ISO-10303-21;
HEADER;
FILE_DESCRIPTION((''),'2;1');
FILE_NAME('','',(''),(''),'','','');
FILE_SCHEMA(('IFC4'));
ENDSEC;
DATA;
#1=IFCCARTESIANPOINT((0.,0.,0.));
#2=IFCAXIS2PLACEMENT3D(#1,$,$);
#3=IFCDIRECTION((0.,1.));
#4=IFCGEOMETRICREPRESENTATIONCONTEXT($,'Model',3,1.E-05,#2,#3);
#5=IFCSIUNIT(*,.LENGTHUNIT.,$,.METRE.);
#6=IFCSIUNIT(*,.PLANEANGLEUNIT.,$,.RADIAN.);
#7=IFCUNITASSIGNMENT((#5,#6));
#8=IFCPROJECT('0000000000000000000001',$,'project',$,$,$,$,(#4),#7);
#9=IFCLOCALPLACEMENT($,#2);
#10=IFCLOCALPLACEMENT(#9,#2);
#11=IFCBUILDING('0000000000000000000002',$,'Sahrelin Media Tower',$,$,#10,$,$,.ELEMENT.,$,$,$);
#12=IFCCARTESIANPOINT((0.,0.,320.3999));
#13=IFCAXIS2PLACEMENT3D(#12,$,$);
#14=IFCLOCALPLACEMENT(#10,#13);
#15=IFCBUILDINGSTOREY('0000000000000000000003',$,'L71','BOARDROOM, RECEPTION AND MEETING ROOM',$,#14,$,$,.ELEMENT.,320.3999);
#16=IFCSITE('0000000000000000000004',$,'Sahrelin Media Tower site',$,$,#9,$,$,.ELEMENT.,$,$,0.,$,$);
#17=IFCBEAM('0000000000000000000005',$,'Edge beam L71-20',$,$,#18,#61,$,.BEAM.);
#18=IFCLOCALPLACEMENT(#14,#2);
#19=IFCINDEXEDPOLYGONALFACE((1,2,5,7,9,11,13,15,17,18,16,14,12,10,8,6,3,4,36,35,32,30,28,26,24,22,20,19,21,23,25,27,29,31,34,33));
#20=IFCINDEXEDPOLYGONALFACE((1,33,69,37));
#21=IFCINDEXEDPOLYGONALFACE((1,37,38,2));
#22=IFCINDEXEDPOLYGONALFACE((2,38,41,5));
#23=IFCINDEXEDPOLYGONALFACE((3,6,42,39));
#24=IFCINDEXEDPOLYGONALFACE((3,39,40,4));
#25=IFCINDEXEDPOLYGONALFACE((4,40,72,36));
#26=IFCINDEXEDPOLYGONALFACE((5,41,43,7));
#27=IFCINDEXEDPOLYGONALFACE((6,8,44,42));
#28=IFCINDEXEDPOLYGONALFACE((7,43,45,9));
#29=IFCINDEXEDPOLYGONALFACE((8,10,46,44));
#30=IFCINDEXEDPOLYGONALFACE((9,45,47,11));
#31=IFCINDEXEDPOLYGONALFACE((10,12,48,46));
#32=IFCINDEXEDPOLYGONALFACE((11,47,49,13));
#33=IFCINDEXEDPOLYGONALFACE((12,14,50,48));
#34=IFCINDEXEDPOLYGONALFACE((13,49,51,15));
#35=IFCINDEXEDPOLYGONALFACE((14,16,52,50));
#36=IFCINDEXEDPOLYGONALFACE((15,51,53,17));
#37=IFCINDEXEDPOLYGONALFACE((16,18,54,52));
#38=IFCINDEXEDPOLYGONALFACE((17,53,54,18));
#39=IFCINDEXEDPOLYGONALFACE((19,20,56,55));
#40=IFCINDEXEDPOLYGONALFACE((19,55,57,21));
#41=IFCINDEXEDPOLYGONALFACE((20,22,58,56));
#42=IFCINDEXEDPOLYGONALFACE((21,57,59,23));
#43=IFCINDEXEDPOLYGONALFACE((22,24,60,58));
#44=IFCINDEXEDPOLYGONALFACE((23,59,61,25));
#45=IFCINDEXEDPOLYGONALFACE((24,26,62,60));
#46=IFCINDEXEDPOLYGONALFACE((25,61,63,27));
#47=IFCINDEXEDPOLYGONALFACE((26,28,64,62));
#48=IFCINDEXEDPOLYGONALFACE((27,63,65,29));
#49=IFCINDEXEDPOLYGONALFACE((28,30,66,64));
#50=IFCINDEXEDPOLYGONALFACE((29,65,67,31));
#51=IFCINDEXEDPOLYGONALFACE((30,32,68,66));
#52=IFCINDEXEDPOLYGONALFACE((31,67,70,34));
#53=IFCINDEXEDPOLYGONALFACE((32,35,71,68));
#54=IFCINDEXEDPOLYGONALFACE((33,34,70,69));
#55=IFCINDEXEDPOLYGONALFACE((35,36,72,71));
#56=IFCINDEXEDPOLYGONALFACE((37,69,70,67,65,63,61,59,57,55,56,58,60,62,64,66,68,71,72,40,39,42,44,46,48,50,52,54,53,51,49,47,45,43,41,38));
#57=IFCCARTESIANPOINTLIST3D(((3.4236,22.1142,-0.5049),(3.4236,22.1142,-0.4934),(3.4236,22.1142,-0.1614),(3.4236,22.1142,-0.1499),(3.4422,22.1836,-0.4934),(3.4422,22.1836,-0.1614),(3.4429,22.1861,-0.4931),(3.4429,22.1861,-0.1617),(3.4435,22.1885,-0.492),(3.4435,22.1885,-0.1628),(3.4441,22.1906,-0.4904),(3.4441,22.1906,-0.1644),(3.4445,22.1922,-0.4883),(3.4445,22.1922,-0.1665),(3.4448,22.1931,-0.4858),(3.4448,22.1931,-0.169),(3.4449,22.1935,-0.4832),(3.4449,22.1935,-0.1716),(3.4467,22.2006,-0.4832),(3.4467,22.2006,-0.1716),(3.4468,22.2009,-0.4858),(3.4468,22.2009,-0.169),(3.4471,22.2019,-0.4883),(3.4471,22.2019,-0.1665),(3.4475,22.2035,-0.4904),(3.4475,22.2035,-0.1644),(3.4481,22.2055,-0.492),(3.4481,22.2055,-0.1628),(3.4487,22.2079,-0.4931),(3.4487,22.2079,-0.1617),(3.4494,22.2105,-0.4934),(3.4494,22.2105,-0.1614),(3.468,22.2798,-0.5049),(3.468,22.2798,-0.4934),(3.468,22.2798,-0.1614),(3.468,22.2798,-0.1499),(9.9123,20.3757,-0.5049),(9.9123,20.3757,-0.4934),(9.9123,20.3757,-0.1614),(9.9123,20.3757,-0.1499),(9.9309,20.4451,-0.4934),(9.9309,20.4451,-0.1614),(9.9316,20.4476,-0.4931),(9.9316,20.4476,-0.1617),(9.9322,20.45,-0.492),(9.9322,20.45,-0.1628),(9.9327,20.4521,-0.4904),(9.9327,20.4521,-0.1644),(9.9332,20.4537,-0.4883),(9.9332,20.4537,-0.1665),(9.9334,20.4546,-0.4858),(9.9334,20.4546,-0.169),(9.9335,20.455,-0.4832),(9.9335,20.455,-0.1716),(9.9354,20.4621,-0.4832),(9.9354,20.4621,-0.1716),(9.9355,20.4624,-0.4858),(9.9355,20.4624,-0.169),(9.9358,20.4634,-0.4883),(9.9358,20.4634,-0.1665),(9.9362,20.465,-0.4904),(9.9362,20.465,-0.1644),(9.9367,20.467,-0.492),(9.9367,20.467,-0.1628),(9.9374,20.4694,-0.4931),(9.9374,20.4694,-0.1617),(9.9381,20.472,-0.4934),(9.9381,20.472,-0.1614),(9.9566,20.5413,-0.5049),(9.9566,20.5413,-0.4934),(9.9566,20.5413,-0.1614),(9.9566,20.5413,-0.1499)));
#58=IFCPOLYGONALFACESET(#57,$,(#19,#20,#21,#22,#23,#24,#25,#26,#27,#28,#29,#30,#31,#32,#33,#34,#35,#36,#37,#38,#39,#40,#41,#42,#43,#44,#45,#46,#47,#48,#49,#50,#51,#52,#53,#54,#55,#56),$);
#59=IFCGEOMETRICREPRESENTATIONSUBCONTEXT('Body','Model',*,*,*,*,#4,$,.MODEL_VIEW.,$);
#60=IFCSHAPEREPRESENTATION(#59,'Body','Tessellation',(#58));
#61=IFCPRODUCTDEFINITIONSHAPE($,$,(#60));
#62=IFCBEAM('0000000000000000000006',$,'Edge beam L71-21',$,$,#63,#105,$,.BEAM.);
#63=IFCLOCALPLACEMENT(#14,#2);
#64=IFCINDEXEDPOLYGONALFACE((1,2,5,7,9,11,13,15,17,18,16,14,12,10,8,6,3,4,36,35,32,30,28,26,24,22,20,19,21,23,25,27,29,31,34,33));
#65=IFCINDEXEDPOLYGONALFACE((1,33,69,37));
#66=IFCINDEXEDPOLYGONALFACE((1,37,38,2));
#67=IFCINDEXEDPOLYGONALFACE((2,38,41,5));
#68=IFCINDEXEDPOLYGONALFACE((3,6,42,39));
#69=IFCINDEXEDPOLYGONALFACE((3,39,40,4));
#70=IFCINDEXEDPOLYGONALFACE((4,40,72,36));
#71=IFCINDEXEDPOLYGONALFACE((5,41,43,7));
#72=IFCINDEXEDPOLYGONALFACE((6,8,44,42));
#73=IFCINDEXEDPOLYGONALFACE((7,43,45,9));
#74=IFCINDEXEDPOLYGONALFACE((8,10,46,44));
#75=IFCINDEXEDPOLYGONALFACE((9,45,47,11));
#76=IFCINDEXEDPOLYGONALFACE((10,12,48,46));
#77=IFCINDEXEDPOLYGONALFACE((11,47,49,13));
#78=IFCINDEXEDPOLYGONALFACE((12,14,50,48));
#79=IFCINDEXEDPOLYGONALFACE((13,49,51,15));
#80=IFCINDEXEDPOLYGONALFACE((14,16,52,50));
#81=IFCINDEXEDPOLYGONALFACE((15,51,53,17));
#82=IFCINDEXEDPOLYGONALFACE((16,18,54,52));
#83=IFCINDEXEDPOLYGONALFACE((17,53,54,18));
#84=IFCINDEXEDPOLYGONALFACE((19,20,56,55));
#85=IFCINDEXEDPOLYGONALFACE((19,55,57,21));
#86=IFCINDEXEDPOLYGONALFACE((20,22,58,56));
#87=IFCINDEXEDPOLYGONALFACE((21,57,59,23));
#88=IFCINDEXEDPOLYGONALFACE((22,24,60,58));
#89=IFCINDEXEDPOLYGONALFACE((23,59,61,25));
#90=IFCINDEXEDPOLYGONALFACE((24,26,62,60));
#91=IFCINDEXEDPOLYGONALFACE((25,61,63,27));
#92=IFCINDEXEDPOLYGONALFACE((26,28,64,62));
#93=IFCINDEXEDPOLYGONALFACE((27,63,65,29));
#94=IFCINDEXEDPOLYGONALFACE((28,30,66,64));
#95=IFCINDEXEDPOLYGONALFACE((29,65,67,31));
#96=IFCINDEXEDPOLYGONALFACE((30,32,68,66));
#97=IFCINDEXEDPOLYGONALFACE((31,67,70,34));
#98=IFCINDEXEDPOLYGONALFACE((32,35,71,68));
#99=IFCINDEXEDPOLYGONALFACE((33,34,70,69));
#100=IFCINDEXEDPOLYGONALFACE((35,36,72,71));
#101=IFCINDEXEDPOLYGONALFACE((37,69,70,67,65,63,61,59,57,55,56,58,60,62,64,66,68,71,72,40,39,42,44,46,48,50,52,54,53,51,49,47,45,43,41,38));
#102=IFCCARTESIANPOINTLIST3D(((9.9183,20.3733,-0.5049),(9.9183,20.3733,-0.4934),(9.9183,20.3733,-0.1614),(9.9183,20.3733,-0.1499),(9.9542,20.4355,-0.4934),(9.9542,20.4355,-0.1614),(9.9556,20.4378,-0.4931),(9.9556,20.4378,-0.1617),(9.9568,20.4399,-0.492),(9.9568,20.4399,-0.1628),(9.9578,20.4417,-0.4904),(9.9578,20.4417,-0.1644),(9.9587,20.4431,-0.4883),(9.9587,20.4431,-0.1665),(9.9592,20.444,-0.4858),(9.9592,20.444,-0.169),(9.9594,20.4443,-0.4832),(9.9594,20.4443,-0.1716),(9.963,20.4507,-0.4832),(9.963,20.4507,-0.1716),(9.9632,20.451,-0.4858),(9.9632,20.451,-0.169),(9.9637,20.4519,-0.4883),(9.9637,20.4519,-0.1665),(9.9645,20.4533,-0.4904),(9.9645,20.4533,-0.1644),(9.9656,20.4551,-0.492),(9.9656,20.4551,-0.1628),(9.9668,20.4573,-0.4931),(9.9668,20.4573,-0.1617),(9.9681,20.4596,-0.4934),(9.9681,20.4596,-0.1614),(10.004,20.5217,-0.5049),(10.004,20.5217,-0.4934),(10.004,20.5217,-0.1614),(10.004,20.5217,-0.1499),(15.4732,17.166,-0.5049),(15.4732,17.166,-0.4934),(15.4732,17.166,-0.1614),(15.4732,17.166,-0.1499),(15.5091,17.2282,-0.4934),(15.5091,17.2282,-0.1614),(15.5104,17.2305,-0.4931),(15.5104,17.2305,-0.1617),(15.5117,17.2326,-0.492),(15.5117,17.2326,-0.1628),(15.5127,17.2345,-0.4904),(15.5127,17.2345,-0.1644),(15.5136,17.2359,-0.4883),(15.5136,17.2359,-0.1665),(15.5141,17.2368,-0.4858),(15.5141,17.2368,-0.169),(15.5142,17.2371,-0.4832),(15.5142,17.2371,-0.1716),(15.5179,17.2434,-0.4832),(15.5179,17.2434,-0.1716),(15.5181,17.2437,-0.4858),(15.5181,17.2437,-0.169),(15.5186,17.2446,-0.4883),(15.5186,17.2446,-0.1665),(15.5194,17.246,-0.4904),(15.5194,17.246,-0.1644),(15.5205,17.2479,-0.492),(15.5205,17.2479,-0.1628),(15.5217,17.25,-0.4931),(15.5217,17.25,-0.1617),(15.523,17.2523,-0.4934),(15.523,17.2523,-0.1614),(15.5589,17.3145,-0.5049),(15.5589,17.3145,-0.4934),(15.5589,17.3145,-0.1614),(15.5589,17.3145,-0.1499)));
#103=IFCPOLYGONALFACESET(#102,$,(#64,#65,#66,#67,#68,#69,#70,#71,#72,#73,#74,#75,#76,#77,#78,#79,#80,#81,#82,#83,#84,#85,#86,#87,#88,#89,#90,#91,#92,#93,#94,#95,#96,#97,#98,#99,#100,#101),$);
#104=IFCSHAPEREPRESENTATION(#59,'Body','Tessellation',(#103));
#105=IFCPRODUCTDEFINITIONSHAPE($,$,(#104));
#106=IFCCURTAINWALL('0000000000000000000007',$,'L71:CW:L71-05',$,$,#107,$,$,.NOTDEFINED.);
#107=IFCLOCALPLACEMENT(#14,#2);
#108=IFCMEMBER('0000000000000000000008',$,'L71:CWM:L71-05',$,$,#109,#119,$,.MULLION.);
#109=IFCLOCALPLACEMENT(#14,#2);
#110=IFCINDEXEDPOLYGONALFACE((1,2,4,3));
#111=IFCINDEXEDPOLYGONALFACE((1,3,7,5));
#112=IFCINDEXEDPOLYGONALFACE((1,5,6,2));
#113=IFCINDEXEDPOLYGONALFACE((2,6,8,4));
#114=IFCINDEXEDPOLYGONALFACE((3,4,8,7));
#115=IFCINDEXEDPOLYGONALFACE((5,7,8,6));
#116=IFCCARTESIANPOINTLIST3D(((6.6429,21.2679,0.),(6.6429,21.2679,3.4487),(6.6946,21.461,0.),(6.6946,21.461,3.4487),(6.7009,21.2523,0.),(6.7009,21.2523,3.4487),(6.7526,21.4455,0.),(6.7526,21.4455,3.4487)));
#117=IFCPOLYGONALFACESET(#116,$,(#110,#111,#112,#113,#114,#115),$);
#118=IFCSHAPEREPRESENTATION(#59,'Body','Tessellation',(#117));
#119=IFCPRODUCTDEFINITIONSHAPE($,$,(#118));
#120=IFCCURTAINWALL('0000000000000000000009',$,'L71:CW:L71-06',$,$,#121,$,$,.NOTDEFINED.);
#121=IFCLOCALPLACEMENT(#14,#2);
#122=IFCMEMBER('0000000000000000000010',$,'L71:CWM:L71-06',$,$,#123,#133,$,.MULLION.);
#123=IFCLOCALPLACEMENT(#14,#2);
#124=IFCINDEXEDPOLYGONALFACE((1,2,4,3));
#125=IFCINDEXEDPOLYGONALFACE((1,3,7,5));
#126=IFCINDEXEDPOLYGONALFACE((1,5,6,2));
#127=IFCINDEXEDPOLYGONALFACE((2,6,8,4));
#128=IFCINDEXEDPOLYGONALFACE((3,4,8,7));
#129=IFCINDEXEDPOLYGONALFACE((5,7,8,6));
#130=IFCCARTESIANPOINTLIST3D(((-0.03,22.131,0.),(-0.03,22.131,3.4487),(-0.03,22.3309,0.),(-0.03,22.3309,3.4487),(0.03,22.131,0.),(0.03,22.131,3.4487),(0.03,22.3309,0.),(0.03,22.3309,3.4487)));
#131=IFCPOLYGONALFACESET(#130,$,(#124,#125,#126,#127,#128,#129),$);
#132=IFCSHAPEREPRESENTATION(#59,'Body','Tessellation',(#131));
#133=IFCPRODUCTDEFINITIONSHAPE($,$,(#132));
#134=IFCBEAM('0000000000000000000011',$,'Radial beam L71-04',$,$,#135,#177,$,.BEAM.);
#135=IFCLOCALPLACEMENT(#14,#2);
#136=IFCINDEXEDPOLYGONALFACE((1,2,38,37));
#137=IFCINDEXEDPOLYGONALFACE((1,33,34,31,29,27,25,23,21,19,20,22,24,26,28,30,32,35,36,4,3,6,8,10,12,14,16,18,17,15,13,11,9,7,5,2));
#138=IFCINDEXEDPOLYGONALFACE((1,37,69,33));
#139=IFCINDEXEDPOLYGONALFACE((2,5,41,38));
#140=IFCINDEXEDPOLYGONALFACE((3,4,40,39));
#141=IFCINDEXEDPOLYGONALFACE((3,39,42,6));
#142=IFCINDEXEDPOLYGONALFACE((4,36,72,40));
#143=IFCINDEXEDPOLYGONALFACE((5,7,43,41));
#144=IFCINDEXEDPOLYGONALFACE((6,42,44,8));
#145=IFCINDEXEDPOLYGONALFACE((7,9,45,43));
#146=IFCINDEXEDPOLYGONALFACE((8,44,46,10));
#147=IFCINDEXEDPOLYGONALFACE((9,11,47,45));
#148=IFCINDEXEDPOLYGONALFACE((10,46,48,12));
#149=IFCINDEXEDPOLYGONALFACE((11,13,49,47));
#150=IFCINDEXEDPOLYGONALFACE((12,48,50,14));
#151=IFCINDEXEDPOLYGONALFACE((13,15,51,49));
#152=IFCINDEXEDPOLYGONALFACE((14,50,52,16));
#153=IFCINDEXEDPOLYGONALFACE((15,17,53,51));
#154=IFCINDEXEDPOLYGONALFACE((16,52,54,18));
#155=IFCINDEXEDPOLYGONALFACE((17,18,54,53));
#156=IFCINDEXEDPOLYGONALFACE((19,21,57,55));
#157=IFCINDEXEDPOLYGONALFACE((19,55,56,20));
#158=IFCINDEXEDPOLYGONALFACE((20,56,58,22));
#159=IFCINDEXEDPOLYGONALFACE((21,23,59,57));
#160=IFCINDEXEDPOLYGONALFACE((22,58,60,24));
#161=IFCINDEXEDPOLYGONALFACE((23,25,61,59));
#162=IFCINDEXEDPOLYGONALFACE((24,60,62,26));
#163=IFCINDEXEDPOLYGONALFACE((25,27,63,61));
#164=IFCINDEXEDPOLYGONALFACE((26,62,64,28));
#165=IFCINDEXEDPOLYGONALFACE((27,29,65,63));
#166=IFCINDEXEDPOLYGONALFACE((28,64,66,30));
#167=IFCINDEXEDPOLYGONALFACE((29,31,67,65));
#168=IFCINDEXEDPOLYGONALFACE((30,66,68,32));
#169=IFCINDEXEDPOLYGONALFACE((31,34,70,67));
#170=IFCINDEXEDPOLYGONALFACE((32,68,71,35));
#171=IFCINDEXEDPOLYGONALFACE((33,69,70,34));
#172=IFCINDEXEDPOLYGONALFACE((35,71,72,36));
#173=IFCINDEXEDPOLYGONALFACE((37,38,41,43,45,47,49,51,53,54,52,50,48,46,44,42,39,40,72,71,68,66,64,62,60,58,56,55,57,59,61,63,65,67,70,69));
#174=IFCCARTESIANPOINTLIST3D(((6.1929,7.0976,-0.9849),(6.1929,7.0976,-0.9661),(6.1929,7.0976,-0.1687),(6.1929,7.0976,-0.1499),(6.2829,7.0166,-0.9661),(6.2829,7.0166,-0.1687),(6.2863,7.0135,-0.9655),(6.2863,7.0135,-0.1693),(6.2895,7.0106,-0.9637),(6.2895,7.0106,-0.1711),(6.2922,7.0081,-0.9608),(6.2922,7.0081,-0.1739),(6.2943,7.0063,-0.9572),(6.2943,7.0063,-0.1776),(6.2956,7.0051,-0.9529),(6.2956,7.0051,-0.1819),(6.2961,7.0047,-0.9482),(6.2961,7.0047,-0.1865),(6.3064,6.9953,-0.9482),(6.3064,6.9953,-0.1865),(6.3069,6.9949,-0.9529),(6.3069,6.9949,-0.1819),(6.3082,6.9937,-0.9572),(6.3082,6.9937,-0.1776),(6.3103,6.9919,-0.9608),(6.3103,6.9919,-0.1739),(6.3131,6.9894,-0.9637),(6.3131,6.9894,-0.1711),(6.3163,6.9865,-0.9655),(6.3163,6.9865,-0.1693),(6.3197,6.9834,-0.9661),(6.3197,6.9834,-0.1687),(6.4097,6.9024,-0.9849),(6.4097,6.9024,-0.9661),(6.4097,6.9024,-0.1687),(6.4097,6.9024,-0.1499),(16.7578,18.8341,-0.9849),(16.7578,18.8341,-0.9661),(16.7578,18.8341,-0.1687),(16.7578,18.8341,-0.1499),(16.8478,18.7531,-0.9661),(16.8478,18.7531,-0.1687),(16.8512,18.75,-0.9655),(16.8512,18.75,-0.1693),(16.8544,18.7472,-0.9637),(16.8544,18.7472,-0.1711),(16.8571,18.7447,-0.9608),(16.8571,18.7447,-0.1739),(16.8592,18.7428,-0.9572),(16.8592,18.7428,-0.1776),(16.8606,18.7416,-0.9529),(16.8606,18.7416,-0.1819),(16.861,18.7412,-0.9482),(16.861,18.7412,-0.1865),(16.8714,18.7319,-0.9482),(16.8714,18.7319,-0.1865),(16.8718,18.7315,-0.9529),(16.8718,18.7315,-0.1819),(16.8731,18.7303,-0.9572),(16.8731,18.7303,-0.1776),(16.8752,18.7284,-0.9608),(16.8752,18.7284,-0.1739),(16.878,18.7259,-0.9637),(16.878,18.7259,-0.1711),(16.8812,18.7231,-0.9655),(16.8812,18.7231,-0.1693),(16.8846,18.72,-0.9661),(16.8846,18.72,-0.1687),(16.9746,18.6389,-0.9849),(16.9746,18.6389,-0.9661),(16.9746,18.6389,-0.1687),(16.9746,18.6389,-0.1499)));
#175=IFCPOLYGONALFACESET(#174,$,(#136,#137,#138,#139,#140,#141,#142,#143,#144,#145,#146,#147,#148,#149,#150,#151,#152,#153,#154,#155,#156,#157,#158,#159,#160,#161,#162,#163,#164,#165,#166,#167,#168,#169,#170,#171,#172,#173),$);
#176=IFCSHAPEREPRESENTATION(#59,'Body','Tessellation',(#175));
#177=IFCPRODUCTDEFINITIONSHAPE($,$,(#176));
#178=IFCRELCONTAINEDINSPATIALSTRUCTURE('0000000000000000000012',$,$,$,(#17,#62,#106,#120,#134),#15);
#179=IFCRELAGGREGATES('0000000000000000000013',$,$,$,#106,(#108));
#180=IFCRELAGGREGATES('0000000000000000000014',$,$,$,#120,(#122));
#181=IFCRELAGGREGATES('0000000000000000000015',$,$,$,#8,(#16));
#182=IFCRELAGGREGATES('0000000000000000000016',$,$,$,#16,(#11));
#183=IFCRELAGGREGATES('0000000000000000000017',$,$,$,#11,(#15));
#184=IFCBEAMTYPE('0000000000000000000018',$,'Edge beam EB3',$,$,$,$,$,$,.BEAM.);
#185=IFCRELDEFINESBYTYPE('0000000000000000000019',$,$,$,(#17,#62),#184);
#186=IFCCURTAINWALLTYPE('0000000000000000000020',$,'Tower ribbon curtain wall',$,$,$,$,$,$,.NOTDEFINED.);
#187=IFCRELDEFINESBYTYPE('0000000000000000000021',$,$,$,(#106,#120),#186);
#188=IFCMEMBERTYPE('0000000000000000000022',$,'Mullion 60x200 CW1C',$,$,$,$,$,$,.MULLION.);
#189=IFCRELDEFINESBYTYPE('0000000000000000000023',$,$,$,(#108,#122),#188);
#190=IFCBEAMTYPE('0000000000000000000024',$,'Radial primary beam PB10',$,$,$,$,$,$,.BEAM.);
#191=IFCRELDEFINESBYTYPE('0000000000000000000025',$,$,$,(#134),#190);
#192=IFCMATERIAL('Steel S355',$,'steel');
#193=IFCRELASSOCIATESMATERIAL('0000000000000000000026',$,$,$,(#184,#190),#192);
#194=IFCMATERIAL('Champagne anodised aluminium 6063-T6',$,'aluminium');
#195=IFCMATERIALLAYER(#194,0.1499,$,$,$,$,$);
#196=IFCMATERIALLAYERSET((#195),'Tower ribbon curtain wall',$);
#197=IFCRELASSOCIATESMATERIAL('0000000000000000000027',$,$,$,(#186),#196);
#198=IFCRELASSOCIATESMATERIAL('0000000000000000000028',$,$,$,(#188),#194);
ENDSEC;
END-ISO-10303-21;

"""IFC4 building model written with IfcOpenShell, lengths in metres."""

from ifc_helpers import new_model, si_unit, direction, frame, origin, origin_2d, place, context, subcontext, project, spatial, rectangle, i_section, extrude, material, layer, layer_set, material_profile, profile_set, type_object, element, aggregate, save


model = new_model("IFC4")

# Units and contexts
model_context = context("Model", 3, precision=1e-05, world=origin(), true_north=direction((0.0, 1.0)))
body_context = subcontext(model_context, "Body", "Model", "MODEL_VIEW")
ifc_project = project(units=[si_unit("LENGTHUNIT", "METRE"), si_unit("PLANEANGLEUNIT", "RADIAN")], contexts=[model_context])

# Site, building, storey
site_placement = place(None, origin())
site = spatial("IfcSite", under=ifc_project, at=site_placement, Name="Sahrelin Media Tower site", CompositionType="ELEMENT", RefElevation=0.0)
building_placement = place(site_placement, origin())
building = spatial("IfcBuilding", under=site, at=building_placement, Name="Sahrelin Media Tower", CompositionType="ELEMENT")
storey_placement = place(building_placement, frame((0.0, 0.0, 320.3999)))
storey = spatial("IfcBuildingStorey", under=building, at=storey_placement, Name="L71", Description="BOARDROOM, RECEPTION AND MEETING ROOM", CompositionType="ELEMENT", Elevation=320.3999)

# Beams
ifc_material_1 = material(Name="Steel S355", Category="steel")
ifc_material_profile_1 = material_profile(ifc_material_1, i_section(OverallWidth=0.1714, OverallDepth=0.355, WebThickness=0.0073, FlangeThickness=0.0115, FilletRadius=0.0103, at=origin_2d()), Name="UB 356x171x51")
ifc_profile_set_1 = profile_set([ifc_material_profile_1], Name="Steel S355")
beam_type_1 = type_object("IfcBeamType", Name="Edge beam EB3", PredefinedType="BEAM", material=ifc_profile_set_1)
beam_1_placement = place(storey_placement, frame((3.4458, 22.197, -0.3274), z_axis=(0.965931, -0.2588, 0.0), x_axis=(0.2588, 0.965931, 0.0)))
element("IfcBeam", 1, at=beam_1_placement, inside=storey, type_object=beam_type_1, Name="Edge beam L71-20", PredefinedType="BEAM", context=body_context, shape_type="SweptSolid", body=[
    extrude(i_section(OverallWidth=0.1714, OverallDepth=0.355, WebThickness=0.0073, FlangeThickness=0.0115, FilletRadius=0.0103, at=origin_2d()), origin(), (0.0, 0.0, 1.0), 6.7175),
])
beam_2_placement = place(storey_placement, frame((9.9612, 20.4475, -0.3274), z_axis=(0.866016, -0.500016, 0.0), x_axis=(0.500016, 0.866016, 0.0)))
element("IfcBeam", 2, at=beam_2_placement, inside=storey, type_object=beam_type_1, Name="Edge beam L71-21", PredefinedType="BEAM", context=body_context, shape_type="SweptSolid", body=[
    extrude(i_section(OverallWidth=0.1714, OverallDepth=0.355, WebThickness=0.0073, FlangeThickness=0.0115, FilletRadius=0.0103, at=origin_2d()), origin(), (0.0, 0.0, 1.0), 6.4143),
])

# Curtain walls, members
ifc_material_2 = material(Name="Champagne anodised aluminium 6063-T6", Category="aluminium")
ifc_layer_1 = layer(ifc_material_2, 0.1499)
ifc_layer_set_1 = layer_set([ifc_layer_1], Name="Tower ribbon curtain wall")
curtain_wall_type = type_object("IfcCurtainWallType", Name="Tower ribbon curtain wall", PredefinedType="NOTDEFINED", material=ifc_layer_set_1)
curtain_wall_1_placement = place(storey_placement, frame((6.729, 21.4727, 0.0), z_axis=(0.0, 0.0, 1.0), x_axis=(1.0, 0.0, 0.0)))
curtain_wall_1 = element("IfcCurtainWall", 3, at=curtain_wall_1_placement, inside=storey, type_object=curtain_wall_type, Name="L71:CW:L71-05", PredefinedType="NOTDEFINED")
ifc_material_profile_2 = material_profile(ifc_material_2, rectangle(XDim=0.0601, YDim=0.2, at=origin_2d()), Name="Mullion 60x200")
ifc_profile_set_2 = profile_set([ifc_material_profile_2], Name="Champagne anodised aluminium 6063-T6")
member_type_1 = type_object("IfcMemberType", Name="Mullion 60x200 CW1C", PredefinedType="MULLION", material=ifc_profile_set_2)
member_1_placement = place(storey_placement, frame((6.6978, 21.3567, 0.0), z_axis=(0.0, 0.0, 1.0), x_axis=(-0.965926, 0.258817, 0.0)))
member_1 = element("IfcMember", 4, at=member_1_placement, type_object=member_type_1, Name="L71:CWM:L71-05", PredefinedType="MULLION", context=body_context, shape_type="SweptSolid", body=[
    extrude(rectangle(XDim=0.0601, YDim=0.2, at=origin_2d()), origin(), (0.0, 0.0, 1.0), 3.4487),
])
placement_1 = place(storey_placement, frame((0.0, 22.3508, 0.0), z_axis=(0.0, 0.0, 1.0), x_axis=(1.0, 0.0, 0.0)))
curtain_wall_2 = element("IfcCurtainWall", 5, at=placement_1, inside=storey, type_object=curtain_wall_type, Name="L71:CW:L71-06", PredefinedType="NOTDEFINED")
member_2_placement = place(storey_placement, frame((0.0, 22.231, 0.0), z_axis=(0.0, 0.0, 1.0), x_axis=(-1.0, 0.0, 0.0)))
member_2 = element("IfcMember", 6, at=member_2_placement, type_object=member_type_1, Name="L71:CWM:L71-06", PredefinedType="MULLION", context=body_context, shape_type="SweptSolid", body=[
    extrude(rectangle(XDim=0.0601, YDim=0.2, at=origin_2d()), origin(), (0.0, 0.0, 1.0), 3.4487),
])

# Beam
ifc_material_profile_3 = material_profile(ifc_material_1, i_section(OverallWidth=0.2917, OverallDepth=0.835, WebThickness=0.0139, FlangeThickness=0.0188, FilletRadius=0.0178, at=origin_2d()), Name="UB 838x292x176")
ifc_profile_set_3 = profile_set([ifc_material_profile_3], Name="Steel S355")
beam_type_2 = type_object("IfcBeamType", Name="Radial primary beam PB10", PredefinedType="BEAM", material=ifc_profile_set_3)
beam_3_placement = place(storey_placement, frame((6.3013, 7.0, -0.5674), z_axis=(0.669036, 0.74323, 0.0), x_axis=(-0.74323, 0.669036, 0.0)))
element("IfcBeam", 7, at=beam_3_placement, inside=storey, type_object=beam_type_2, Name="Radial beam L71-04", PredefinedType="BEAM", context=body_context, shape_type="SweptSolid", body=[
    extrude(i_section(OverallWidth=0.2917, OverallDepth=0.835, WebThickness=0.0139, FlangeThickness=0.0188, FilletRadius=0.0178, at=origin_2d()), origin(), (0.0, 0.0, 1.0), 15.7913),
])

aggregate(curtain_wall_1, [member_1])
aggregate(curtain_wall_2, [member_2])

save(model, "model.ifc")
